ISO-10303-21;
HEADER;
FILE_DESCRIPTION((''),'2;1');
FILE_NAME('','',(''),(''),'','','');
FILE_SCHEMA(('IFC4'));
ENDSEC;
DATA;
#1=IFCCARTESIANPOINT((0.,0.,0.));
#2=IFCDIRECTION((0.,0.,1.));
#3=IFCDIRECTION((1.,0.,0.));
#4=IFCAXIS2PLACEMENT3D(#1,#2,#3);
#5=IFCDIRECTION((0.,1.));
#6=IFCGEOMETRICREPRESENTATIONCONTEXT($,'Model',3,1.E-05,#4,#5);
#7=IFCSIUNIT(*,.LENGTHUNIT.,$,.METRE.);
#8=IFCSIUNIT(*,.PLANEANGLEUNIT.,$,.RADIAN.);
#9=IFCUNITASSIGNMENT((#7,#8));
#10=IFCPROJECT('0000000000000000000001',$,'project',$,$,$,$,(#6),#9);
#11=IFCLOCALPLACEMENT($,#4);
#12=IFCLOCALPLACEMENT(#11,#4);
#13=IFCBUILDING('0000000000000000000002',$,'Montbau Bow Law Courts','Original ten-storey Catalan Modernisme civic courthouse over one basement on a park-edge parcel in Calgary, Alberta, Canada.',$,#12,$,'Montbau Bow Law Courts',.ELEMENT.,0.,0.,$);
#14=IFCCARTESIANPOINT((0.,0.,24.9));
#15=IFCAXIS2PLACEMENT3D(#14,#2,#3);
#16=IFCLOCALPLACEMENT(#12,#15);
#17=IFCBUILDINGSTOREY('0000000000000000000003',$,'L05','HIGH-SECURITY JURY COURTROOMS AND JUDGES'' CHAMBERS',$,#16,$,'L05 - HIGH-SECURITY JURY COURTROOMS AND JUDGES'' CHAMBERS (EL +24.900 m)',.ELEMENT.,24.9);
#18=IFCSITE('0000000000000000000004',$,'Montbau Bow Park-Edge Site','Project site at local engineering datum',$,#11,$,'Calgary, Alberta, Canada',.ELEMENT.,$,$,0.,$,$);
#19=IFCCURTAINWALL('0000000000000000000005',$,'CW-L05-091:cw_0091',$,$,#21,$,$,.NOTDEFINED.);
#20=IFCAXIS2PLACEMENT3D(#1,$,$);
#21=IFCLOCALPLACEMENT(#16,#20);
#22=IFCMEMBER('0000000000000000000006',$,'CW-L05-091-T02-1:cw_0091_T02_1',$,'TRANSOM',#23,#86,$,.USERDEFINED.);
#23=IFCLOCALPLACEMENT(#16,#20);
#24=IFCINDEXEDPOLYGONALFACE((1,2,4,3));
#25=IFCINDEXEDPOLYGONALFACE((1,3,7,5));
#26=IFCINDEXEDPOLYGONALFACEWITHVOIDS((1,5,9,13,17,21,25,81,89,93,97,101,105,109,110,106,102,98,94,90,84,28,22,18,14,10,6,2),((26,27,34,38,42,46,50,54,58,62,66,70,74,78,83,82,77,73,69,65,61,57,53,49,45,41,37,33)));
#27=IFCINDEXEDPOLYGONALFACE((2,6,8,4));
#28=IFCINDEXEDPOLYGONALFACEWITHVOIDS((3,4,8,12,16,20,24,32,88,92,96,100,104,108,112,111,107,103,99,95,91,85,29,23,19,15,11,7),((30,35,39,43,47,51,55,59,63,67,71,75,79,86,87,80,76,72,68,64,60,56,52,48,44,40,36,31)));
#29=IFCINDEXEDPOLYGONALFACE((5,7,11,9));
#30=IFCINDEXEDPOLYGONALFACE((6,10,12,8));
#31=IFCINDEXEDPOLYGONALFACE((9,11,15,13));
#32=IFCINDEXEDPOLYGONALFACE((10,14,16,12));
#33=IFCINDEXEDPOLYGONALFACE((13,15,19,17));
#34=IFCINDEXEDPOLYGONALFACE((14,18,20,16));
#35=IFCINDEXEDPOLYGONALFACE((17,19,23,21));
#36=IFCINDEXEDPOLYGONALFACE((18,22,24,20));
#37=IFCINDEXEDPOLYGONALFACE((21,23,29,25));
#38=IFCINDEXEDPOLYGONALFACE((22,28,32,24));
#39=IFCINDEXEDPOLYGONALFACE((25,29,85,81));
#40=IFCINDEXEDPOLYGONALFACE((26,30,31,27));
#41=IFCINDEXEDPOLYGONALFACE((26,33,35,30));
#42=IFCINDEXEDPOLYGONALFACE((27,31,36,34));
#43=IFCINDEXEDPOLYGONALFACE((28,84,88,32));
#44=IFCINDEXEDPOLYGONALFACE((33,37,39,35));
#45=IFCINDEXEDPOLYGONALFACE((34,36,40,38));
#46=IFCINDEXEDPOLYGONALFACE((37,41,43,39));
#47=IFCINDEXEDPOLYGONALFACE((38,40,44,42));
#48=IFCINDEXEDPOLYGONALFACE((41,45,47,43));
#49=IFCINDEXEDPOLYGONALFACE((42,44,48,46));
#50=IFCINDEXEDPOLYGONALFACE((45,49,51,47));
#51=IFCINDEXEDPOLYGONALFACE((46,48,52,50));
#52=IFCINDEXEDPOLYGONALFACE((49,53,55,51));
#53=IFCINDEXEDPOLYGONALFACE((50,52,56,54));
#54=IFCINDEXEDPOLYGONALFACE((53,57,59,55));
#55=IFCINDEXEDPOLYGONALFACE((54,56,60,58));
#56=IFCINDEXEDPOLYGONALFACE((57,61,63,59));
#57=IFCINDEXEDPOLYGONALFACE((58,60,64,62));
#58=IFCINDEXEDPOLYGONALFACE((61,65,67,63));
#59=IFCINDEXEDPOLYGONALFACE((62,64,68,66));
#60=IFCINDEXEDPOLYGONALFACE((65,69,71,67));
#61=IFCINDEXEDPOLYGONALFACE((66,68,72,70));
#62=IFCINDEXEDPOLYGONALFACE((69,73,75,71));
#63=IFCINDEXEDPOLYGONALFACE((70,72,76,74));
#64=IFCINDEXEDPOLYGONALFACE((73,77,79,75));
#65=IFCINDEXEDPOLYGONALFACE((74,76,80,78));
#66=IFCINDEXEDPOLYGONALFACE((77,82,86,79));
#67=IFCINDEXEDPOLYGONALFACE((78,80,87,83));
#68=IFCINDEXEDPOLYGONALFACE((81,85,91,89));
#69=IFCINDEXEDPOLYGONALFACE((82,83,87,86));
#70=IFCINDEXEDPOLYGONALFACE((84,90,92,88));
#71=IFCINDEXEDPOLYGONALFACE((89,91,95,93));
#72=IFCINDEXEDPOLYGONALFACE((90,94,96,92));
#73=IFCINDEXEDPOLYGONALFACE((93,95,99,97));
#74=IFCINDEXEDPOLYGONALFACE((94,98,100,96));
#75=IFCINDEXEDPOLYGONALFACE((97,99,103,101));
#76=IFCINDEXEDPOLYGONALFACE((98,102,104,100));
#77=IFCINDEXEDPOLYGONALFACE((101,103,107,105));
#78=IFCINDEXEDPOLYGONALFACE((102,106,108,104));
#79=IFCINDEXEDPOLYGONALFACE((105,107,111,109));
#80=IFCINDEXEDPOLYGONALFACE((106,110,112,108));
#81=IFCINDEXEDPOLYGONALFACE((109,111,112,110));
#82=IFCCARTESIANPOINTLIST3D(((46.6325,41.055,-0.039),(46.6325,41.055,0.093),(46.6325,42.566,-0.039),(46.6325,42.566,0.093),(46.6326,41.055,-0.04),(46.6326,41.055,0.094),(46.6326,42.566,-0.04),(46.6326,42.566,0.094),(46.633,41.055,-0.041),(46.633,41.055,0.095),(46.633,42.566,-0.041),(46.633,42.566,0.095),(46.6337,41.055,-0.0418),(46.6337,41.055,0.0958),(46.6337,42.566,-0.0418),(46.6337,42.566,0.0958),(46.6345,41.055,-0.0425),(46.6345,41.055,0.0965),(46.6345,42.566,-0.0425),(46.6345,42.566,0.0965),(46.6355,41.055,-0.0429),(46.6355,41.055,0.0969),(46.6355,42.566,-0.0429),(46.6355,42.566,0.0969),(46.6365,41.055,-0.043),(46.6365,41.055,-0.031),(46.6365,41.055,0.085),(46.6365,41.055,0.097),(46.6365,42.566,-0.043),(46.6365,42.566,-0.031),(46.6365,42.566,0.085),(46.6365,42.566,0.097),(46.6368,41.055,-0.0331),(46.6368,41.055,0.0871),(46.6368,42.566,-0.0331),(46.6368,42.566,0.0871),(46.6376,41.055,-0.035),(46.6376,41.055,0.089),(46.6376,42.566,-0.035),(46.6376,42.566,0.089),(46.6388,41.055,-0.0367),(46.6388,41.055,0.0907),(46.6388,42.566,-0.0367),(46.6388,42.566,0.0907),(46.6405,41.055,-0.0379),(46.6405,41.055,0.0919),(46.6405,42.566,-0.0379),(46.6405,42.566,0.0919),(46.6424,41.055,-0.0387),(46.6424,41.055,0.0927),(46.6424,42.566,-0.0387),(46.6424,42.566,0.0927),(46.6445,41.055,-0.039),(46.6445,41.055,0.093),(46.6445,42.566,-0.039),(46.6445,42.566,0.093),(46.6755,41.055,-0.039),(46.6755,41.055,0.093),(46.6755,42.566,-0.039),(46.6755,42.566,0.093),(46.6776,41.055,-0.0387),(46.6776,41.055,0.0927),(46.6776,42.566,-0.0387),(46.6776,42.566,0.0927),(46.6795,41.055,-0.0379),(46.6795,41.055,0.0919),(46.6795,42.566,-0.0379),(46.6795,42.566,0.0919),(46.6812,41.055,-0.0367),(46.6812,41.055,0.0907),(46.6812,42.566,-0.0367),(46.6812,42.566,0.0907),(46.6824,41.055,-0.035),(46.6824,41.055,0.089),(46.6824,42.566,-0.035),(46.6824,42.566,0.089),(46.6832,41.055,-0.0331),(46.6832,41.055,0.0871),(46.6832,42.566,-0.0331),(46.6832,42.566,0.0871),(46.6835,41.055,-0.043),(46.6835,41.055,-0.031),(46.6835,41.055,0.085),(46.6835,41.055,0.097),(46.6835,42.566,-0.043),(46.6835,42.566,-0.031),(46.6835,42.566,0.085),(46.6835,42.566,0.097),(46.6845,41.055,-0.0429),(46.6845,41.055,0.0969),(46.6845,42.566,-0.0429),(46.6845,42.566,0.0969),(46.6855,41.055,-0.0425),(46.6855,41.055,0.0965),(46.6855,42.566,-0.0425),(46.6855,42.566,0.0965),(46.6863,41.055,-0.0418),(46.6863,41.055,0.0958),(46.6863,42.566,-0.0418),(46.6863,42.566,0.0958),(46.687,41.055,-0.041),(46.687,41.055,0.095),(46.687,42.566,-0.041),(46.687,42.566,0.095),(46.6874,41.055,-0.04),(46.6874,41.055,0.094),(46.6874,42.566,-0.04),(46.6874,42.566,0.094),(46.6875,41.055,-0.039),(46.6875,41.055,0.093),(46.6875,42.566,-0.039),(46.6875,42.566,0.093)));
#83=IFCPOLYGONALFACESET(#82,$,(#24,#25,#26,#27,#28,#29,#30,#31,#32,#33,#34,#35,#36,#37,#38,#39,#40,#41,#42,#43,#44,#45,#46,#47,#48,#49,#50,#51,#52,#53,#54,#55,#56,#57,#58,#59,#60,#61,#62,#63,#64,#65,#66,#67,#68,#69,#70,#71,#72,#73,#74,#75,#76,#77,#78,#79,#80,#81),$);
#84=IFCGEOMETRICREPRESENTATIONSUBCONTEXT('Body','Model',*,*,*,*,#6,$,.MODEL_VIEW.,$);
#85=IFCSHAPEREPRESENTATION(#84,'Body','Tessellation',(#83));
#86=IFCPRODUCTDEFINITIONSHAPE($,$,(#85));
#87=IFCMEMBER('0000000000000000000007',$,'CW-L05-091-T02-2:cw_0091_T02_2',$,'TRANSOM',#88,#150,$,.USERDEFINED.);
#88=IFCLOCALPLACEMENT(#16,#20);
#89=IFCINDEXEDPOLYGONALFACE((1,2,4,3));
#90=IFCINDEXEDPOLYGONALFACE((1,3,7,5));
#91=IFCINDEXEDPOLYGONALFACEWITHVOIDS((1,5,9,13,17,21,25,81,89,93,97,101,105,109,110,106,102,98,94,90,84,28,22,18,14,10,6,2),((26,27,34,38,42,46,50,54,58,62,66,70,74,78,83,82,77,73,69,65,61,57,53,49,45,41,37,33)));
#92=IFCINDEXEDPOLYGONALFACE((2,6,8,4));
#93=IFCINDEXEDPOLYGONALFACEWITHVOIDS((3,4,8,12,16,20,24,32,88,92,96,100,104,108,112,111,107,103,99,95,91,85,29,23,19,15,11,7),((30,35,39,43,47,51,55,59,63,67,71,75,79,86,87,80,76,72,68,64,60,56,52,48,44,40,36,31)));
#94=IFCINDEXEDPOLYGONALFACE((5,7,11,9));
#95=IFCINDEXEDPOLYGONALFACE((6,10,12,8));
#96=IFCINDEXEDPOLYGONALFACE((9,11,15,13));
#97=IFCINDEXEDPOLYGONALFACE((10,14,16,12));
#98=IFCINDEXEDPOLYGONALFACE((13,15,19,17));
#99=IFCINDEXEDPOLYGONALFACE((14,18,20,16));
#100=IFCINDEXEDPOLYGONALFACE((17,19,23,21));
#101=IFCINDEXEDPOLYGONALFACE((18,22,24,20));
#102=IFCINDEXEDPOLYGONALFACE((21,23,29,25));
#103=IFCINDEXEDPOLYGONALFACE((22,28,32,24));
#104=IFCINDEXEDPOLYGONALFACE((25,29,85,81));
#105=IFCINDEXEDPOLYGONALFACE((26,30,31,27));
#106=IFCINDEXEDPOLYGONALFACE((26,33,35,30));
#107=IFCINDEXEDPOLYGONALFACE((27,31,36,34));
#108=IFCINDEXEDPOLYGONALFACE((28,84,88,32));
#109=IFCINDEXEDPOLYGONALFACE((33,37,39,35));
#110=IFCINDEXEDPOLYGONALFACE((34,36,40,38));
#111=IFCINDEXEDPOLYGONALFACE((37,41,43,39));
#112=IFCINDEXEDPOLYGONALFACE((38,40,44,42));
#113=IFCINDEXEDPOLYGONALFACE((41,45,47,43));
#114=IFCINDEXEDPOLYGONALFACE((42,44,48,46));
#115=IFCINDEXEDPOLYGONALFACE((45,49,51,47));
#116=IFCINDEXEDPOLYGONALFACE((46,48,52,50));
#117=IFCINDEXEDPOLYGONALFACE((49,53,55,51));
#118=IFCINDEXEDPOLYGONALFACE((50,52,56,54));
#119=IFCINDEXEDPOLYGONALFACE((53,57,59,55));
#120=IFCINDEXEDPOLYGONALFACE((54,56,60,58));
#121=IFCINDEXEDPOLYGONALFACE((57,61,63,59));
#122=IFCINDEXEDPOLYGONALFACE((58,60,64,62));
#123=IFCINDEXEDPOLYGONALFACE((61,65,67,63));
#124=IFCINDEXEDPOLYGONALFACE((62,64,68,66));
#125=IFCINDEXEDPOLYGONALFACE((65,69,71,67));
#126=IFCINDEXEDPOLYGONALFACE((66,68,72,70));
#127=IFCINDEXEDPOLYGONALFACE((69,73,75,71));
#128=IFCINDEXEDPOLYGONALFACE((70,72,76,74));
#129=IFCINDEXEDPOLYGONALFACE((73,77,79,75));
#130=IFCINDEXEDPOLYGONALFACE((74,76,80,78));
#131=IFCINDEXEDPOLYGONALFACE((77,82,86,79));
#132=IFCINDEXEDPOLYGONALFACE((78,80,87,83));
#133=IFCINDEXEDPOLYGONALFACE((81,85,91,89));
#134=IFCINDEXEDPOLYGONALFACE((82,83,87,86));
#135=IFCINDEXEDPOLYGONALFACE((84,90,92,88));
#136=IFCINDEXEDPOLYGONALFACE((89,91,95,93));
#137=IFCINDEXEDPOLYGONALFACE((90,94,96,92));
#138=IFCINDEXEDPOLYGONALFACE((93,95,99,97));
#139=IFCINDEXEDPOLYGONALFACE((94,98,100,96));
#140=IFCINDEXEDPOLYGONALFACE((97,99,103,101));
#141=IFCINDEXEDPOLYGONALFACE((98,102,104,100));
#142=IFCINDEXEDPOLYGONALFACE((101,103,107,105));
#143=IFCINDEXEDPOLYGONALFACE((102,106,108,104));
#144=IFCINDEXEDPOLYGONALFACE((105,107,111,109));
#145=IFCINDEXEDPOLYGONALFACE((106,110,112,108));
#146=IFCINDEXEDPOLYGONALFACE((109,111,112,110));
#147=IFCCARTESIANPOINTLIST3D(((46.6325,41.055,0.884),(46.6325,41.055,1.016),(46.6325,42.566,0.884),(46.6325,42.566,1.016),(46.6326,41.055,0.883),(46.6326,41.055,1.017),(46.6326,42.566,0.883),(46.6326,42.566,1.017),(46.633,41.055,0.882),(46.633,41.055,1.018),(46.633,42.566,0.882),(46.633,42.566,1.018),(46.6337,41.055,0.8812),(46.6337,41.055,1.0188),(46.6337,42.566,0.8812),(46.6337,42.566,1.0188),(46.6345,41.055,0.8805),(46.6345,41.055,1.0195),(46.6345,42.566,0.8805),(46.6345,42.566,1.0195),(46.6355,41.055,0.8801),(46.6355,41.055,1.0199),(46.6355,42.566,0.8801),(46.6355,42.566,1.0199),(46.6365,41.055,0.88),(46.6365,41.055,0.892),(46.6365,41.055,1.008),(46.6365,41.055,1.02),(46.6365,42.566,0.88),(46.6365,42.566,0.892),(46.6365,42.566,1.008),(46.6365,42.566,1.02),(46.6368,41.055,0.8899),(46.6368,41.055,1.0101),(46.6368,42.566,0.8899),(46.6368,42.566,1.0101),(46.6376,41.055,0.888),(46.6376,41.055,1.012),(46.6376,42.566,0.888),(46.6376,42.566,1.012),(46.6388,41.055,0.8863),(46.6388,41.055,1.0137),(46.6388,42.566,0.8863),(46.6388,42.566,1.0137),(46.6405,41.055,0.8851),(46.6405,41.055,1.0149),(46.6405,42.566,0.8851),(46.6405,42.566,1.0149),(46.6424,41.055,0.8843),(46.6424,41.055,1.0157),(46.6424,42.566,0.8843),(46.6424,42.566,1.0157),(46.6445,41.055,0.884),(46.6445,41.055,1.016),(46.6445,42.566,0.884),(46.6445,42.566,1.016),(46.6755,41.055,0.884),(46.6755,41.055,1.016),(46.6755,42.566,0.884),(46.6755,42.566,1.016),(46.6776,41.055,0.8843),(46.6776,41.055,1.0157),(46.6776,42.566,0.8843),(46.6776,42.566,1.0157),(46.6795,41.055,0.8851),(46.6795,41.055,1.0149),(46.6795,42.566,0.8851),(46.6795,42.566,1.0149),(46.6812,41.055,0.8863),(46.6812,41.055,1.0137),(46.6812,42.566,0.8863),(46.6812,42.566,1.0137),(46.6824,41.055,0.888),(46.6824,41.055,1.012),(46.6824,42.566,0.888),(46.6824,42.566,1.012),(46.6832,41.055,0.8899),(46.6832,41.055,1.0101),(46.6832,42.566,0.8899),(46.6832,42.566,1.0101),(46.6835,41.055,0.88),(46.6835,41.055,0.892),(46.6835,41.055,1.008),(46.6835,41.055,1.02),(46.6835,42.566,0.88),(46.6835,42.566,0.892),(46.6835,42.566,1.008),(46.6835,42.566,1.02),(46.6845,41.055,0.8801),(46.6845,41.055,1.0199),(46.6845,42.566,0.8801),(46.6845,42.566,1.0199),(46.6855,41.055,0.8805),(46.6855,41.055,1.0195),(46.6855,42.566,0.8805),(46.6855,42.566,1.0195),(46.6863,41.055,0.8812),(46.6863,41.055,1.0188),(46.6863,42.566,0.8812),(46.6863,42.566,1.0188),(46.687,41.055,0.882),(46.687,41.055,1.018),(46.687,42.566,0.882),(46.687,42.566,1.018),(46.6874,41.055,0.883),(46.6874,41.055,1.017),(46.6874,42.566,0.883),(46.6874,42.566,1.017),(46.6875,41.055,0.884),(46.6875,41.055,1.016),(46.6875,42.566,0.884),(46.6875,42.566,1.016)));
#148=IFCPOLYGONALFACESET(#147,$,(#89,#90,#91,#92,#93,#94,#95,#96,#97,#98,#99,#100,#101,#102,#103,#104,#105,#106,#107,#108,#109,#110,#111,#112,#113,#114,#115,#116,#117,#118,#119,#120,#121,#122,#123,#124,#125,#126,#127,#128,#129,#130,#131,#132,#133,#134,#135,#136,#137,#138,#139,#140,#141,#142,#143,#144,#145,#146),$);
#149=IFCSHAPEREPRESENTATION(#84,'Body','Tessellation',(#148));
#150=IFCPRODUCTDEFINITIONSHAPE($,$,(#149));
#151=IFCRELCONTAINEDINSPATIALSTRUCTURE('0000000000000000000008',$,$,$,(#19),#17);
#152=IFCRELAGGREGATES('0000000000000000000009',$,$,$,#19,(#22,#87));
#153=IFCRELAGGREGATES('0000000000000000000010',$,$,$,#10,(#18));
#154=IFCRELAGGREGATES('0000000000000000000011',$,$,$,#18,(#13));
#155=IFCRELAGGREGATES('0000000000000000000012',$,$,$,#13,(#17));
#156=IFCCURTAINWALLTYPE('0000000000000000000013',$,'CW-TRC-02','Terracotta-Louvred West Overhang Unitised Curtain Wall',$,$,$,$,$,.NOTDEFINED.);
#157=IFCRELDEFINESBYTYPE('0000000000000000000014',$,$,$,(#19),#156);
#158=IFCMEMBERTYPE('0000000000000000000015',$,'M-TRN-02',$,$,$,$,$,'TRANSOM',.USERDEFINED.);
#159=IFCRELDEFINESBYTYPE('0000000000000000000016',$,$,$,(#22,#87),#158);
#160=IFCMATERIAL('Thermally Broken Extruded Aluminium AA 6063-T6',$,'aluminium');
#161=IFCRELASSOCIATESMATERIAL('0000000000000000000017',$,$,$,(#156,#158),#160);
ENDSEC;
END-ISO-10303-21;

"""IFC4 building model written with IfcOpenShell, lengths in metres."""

from ifc_helpers import new_model, si_unit, direction, frame, origin_with_axes, origin_2d_with_axis, place, context, subcontext, project, spatial, hollow_rectangle, extrude, material, material_profile, profile_set, type_object, element, aggregate, save


model = new_model("IFC4")

# Units and contexts
model_context = context("Model", 3, precision=1e-05, world=origin_with_axes(), true_north=direction((0.0, 1.0)))
body_context = subcontext(model_context, "Body", "Model", "MODEL_VIEW")
ifc_project = project(units=[si_unit("LENGTHUNIT", "METRE"), si_unit("PLANEANGLEUNIT", "RADIAN")], contexts=[model_context])

# Site, building, storey
site_placement = place(None, origin_with_axes())
site = spatial("IfcSite", under=ifc_project, at=site_placement, Name="Montbau Bow Park-Edge Site", Description="Project site at local engineering datum", LongName="Calgary, Alberta, Canada", CompositionType="ELEMENT", RefElevation=0.0)
building_placement = place(site_placement, origin_with_axes())
building = spatial("IfcBuilding", under=site, at=building_placement, Name="Montbau Bow Law Courts", Description="Original ten-storey Catalan Modernisme civic courthouse over one basement on a park-edge parcel in Calgary, Alberta, Canada.", LongName="Montbau Bow Law Courts", CompositionType="ELEMENT", ElevationOfRefHeight=0.0, ElevationOfTerrain=0.0)
storey_placement = place(building_placement, frame((0.0, 0.0, 24.9), z_axis=(0.0, 0.0, 1.0), x_axis=(1.0, 0.0, 0.0)))
storey = spatial("IfcBuildingStorey", under=building, at=storey_placement, Name="L05", Description="HIGH-SECURITY JURY COURTROOMS AND JUDGES' CHAMBERS", LongName="L05 - HIGH-SECURITY JURY COURTROOMS AND JUDGES' CHAMBERS (EL +24.900 m)", CompositionType="ELEMENT", Elevation=24.9)

# Curtain wall, members
ifc_material_1 = material(Name="Thermally Broken Extruded Aluminium AA 6063-T6", Category="aluminium")
curtain_wall_type = type_object("IfcCurtainWallType", Name="CW-TRC-02", Description="Terracotta-Louvred West Overhang Unitised Curtain Wall", PredefinedType="NOTDEFINED", material=ifc_material_1)
curtain_wall_placement = place(None, frame((46.66, 39.44, 24.9), z_axis=(0.0, 0.0, 1.0), x_axis=(1.0, 0.0, 0.0)))
curtain_wall = element("IfcCurtainWall", 1, at=curtain_wall_placement, inside=storey, type_object=curtain_wall_type, Name="CW-L05-091:cw_0091", PredefinedType="NOTDEFINED")
ifc_material_profile_1 = material_profile(ifc_material_1, hollow_rectangle(XDim=0.055, YDim=0.14, WallThickness=0.004, InnerFilletRadius=0.008, OuterFilletRadius=0.004, at=origin_2d_with_axis()), Name="CWT-140X55", Category="Main", Priority=0)
ifc_profile_set_1 = profile_set([ifc_material_profile_1], Name="Thermally Broken Extruded Aluminium AA 6063-T6")
member_type_1 = type_object("IfcMemberType", Name="M-TRN-02", ElementType="TRANSOM", PredefinedType="USERDEFINED", material=ifc_profile_set_1)
member_1_placement = place(None, frame((46.66, 41.055, 24.927), z_axis=(0.0, 1.0, 0.0), x_axis=(-1.0, 0.0, 0.0)))
member_1 = element("IfcMember", 2, at=member_1_placement, type_object=member_type_1, Name="CW-L05-091-T02-1:cw_0091_T02_1", ObjectType="TRANSOM", PredefinedType="USERDEFINED", context=body_context, shape_type="SweptSolid", body=[
    extrude(hollow_rectangle(XDim=0.055, YDim=0.14, WallThickness=0.004, InnerFilletRadius=0.008, OuterFilletRadius=0.004, at=origin_2d_with_axis()), origin_with_axes(), (0.0, 0.0, 1.0), 1.511),
])
member_2_placement = place(None, frame((46.66, 41.055, 25.85), z_axis=(0.0, 1.0, 0.0), x_axis=(-1.0, 0.0, 0.0)))
member_2 = element("IfcMember", 3, at=member_2_placement, type_object=member_type_1, Name="CW-L05-091-T02-2:cw_0091_T02_2", ObjectType="TRANSOM", PredefinedType="USERDEFINED", context=body_context, shape_type="SweptSolid", body=[
    extrude(hollow_rectangle(XDim=0.055, YDim=0.14, WallThickness=0.004, InnerFilletRadius=0.008, OuterFilletRadius=0.004, at=origin_2d_with_axis()), origin_with_axes(), (0.0, 0.0, 1.0), 1.511),
])
aggregate(curtain_wall, [member_1, member_2])

save(model, "model.ifc")
